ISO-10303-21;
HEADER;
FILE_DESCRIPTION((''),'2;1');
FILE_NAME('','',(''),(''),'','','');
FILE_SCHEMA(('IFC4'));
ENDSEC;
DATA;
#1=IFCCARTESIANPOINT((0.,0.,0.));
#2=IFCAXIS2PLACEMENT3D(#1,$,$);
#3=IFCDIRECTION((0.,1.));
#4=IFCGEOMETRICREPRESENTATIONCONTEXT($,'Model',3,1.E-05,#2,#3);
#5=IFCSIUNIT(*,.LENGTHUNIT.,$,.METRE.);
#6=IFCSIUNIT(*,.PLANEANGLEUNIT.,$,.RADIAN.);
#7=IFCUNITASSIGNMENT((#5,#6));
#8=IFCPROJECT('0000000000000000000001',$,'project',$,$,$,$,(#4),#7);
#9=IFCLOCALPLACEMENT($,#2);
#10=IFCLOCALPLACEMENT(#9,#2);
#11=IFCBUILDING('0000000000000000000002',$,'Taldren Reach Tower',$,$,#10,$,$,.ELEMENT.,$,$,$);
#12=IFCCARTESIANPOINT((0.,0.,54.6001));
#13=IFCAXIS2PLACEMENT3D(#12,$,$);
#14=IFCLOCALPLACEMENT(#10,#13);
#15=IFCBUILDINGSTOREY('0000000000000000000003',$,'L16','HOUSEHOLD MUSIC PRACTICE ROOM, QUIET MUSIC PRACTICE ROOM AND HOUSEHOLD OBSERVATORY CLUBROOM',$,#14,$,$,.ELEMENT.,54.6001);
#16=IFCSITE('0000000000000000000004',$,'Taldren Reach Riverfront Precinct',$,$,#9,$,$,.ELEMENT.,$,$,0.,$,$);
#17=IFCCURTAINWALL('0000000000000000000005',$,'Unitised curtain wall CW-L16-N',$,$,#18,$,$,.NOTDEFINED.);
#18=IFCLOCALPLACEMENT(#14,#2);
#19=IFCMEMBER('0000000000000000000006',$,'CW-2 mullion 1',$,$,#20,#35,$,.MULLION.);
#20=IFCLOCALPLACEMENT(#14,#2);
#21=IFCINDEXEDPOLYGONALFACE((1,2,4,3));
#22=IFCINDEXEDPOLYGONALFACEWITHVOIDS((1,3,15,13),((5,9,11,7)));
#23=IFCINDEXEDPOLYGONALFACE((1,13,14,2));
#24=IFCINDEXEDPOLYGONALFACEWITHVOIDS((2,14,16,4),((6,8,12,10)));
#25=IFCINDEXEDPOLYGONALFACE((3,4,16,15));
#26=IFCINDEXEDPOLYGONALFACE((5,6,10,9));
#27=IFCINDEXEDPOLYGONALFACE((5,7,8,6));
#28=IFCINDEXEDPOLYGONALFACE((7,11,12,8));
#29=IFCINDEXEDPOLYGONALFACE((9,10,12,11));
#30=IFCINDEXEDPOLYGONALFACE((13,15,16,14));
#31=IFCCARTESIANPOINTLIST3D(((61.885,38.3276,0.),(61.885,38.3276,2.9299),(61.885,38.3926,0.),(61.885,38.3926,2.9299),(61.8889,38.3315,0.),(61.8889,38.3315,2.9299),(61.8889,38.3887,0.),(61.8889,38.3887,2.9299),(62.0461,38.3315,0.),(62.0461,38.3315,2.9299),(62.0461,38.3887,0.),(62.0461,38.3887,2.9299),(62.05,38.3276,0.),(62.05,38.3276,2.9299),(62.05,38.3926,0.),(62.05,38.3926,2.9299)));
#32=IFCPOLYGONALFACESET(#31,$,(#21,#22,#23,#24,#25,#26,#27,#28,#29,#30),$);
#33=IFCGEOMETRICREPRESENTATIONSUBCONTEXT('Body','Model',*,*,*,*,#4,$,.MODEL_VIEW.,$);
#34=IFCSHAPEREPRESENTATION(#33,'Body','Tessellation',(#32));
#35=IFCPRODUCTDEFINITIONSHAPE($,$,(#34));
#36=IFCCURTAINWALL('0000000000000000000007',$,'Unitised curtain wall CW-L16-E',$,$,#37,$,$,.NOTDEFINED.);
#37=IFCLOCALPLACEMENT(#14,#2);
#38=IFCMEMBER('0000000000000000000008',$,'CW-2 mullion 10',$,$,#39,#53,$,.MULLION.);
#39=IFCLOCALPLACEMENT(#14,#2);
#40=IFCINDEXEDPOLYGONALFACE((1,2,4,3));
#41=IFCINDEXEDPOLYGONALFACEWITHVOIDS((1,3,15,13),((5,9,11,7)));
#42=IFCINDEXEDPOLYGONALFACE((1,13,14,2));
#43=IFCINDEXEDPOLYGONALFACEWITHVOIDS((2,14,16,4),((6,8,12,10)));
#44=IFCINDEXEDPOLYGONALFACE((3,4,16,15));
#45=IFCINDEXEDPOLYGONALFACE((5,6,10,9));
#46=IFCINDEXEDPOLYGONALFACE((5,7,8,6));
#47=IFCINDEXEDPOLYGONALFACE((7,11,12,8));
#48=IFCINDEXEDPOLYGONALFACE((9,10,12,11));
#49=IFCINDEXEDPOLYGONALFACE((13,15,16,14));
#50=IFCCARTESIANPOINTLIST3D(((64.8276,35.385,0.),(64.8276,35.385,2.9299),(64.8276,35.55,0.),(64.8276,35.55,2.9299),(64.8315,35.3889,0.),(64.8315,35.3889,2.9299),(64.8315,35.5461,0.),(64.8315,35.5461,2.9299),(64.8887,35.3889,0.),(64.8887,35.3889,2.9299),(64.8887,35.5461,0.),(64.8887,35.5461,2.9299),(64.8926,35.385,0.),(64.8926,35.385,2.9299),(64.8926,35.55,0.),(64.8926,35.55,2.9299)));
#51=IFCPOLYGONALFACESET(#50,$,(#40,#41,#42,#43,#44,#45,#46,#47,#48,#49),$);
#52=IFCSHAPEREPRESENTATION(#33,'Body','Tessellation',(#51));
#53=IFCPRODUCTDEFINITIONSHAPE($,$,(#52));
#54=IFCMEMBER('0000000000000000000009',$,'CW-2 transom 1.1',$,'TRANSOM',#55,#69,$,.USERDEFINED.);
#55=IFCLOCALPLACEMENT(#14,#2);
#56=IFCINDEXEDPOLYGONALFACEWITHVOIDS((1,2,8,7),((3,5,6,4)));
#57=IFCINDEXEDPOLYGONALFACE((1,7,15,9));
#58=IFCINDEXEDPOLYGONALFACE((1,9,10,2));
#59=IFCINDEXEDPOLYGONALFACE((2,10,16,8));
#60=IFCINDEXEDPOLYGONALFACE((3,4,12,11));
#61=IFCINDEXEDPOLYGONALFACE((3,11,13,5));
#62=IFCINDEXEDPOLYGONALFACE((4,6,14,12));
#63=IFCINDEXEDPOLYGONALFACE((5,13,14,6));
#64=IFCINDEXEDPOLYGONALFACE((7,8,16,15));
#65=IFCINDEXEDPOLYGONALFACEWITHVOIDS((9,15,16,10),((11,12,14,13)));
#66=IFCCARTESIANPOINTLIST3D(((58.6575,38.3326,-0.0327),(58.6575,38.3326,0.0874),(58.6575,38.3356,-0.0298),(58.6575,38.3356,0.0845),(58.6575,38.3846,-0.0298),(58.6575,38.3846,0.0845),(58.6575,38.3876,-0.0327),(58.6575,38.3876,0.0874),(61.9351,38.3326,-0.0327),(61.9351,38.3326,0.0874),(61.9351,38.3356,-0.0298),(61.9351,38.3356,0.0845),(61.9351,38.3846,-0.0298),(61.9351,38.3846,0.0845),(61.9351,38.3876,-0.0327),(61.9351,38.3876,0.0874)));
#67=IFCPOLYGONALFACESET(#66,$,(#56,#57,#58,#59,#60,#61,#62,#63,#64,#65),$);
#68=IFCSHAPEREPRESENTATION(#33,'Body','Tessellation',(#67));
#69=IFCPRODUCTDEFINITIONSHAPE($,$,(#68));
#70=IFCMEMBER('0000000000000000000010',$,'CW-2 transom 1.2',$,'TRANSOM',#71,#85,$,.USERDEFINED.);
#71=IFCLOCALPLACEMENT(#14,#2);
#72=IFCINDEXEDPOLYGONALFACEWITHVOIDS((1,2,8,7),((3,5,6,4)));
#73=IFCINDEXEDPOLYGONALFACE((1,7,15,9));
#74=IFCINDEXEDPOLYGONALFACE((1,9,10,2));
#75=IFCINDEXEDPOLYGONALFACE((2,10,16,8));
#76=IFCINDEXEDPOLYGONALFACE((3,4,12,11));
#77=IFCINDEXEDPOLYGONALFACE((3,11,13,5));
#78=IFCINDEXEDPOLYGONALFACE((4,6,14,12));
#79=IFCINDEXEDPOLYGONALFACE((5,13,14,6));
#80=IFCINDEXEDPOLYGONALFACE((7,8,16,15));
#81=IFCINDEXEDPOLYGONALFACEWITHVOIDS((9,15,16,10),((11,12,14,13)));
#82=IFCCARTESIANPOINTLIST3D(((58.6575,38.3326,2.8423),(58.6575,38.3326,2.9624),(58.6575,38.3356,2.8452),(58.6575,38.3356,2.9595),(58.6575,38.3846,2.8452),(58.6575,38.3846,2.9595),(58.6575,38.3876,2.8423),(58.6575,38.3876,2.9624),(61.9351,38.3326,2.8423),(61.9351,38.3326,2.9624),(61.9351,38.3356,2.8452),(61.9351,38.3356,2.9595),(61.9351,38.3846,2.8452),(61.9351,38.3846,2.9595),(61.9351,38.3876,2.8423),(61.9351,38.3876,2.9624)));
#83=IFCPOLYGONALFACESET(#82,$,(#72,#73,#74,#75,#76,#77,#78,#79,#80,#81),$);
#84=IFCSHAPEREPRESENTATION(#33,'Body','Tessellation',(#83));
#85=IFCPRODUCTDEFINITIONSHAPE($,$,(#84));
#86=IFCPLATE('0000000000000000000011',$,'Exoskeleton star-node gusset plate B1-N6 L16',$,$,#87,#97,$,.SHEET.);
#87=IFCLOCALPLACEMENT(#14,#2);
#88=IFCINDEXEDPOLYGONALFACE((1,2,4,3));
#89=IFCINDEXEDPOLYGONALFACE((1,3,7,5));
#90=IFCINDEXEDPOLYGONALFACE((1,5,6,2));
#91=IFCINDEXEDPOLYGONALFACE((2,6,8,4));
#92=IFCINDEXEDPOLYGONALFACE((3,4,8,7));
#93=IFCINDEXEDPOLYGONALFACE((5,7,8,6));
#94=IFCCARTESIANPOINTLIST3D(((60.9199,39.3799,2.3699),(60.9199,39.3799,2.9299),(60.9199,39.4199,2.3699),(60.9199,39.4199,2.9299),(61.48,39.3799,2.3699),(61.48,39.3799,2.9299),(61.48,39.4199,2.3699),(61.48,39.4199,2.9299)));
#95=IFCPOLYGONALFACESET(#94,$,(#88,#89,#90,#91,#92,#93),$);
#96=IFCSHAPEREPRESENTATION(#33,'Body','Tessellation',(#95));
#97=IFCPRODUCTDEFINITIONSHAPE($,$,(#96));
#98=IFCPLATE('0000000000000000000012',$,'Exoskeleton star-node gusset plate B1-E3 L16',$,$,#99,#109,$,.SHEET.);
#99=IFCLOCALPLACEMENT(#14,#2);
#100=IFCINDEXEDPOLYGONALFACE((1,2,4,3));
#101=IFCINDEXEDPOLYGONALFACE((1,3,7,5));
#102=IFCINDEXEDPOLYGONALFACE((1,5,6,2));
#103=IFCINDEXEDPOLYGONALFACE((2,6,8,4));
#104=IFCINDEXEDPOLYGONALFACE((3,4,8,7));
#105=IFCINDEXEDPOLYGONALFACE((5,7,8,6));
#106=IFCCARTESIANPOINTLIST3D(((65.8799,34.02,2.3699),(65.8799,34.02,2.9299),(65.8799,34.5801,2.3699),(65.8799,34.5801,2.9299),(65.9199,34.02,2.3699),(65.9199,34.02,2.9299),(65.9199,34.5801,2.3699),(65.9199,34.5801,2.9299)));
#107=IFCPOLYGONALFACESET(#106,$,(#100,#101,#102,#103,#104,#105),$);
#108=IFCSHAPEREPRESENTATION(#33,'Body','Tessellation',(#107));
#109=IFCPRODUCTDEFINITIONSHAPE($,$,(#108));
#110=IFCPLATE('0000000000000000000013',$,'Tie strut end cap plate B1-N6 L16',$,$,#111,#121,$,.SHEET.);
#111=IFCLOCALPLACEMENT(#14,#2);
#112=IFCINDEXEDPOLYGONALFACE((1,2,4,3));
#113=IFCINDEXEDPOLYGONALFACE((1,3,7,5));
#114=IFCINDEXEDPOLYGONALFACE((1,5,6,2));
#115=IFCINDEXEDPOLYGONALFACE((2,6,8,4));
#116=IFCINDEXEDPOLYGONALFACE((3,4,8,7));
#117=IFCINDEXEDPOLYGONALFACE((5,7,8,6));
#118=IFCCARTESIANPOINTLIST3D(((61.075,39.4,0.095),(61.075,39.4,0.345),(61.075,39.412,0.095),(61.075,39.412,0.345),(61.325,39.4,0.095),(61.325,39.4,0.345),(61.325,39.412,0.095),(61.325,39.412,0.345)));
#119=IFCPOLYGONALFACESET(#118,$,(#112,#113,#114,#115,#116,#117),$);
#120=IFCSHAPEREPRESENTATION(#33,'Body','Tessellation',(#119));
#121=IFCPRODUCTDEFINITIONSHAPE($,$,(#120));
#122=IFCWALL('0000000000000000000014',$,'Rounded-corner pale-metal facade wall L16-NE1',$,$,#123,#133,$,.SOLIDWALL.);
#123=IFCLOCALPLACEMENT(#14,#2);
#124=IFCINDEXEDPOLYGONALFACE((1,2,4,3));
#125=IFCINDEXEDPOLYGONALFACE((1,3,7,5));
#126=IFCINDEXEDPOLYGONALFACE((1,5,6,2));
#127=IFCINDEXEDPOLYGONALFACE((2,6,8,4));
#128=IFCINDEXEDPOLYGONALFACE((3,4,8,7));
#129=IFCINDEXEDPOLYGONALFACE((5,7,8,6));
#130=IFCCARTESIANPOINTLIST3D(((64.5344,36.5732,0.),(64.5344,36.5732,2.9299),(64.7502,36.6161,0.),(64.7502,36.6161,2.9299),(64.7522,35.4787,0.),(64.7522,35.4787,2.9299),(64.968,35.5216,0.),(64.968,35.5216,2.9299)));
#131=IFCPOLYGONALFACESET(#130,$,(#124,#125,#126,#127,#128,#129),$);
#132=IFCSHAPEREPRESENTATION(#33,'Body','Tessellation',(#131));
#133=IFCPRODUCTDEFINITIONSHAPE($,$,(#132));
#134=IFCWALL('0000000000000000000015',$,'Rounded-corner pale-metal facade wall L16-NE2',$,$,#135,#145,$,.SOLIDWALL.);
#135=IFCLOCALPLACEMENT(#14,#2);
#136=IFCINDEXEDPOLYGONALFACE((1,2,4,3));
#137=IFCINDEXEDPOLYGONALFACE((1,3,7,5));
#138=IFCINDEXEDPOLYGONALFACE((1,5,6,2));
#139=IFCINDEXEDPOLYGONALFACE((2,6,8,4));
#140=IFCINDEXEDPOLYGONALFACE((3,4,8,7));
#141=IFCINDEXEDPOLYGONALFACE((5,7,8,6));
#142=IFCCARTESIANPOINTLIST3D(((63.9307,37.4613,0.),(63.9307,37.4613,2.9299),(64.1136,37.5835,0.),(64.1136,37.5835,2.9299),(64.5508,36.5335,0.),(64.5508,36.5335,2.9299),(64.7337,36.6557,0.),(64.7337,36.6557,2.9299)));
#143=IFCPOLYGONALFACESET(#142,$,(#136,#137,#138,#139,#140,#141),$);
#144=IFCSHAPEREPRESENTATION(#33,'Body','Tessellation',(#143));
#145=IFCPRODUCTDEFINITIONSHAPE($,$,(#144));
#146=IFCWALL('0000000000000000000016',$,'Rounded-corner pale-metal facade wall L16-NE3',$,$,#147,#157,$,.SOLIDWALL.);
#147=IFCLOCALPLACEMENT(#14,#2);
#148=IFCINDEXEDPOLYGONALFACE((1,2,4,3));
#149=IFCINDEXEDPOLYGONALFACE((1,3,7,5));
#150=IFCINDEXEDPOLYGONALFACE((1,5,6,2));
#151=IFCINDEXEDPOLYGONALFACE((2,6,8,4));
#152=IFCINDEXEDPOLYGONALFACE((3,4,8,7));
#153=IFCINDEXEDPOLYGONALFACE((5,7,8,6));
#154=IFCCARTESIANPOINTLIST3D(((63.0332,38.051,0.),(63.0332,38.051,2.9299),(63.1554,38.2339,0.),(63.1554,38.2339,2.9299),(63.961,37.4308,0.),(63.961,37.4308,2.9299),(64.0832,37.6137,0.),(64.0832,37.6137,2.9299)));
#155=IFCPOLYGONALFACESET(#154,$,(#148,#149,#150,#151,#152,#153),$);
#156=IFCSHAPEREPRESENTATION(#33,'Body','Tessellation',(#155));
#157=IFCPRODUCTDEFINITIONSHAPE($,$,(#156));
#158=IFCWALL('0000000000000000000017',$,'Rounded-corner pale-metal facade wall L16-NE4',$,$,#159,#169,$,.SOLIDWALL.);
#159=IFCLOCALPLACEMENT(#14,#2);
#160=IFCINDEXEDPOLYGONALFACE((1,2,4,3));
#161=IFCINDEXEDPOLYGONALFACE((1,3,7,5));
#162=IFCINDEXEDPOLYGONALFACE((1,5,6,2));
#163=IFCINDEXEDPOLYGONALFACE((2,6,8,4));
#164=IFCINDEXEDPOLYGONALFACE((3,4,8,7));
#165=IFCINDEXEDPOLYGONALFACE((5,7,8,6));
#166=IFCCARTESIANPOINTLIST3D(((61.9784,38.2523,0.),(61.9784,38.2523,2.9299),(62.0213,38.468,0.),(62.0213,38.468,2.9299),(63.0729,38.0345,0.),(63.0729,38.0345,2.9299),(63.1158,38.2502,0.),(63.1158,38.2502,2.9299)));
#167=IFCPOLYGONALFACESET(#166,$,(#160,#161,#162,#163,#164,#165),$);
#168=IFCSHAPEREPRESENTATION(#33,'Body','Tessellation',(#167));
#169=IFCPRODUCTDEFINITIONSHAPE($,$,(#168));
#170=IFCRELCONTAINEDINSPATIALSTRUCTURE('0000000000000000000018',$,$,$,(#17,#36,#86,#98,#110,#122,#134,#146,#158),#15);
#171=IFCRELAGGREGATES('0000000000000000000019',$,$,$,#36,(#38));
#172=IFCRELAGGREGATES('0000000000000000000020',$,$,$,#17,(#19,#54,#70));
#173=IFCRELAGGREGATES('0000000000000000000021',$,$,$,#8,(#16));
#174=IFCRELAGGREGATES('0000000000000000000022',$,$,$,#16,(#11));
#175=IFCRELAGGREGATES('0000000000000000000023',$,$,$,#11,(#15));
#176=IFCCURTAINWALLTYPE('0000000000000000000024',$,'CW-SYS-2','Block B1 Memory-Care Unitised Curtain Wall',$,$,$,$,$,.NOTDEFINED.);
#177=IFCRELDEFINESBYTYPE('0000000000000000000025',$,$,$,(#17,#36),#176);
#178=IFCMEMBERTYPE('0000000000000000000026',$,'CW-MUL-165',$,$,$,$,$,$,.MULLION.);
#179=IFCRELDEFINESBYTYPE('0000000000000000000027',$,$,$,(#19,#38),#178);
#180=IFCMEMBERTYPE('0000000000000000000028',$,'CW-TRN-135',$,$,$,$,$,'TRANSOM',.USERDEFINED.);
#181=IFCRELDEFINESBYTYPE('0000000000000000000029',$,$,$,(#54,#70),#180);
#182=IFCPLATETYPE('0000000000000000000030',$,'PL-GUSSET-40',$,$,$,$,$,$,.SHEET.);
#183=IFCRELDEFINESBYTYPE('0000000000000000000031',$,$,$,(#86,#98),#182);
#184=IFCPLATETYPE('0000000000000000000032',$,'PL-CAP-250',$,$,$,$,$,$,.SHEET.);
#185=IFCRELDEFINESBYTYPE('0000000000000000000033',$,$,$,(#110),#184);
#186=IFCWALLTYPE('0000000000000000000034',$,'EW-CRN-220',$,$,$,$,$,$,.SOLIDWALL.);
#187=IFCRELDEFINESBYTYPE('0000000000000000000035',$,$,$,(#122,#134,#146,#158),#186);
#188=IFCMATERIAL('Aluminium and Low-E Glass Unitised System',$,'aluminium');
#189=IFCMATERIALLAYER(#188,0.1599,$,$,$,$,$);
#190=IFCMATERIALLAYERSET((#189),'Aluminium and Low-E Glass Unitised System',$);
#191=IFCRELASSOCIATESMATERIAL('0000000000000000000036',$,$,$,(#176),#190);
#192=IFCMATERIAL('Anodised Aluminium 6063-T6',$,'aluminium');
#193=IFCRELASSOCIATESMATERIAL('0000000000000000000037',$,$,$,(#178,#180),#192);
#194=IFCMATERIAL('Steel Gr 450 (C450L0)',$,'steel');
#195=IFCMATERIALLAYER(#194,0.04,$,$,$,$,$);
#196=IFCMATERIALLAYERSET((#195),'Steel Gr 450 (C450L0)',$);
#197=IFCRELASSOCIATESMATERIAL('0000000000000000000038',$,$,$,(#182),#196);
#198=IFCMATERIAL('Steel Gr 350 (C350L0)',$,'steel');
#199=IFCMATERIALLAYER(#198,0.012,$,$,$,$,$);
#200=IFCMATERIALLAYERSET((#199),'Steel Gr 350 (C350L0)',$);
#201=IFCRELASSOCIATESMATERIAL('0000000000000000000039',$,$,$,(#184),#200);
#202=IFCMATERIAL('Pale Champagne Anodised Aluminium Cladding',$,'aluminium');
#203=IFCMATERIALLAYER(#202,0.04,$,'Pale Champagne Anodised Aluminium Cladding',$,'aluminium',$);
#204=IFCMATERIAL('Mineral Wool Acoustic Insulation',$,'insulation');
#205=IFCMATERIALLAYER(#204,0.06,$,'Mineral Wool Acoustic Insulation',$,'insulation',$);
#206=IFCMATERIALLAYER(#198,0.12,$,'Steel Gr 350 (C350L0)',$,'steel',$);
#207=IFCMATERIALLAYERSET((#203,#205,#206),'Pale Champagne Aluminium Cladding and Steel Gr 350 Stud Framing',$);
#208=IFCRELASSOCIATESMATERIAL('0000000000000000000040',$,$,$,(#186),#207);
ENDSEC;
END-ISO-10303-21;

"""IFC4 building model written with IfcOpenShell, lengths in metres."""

from ifc_helpers import new_model, si_unit, direction, frame, frame_2d, origin, origin_2d, place, context, subcontext, project, spatial, rectangle, hollow_rectangle, extrude, source, transform, mapped, material, layer, layer_set, material_profile, profile_set, type_object, element, aggregate, save


model = new_model("IFC4")

# Units and contexts
model_context = context("Model", 3, precision=1e-05, world=origin(), true_north=direction((0.0, 1.0)))
body_context = subcontext(model_context, "Body", "Model", "MODEL_VIEW")
ifc_project = project(units=[si_unit("LENGTHUNIT", "METRE"), si_unit("PLANEANGLEUNIT", "RADIAN")], contexts=[model_context])

# Site, building, storey
site_placement = place(None, origin())
site = spatial("IfcSite", under=ifc_project, at=site_placement, Name="Taldren Reach Riverfront Precinct", CompositionType="ELEMENT", RefElevation=0.0)
building_placement = place(site_placement, origin())
building = spatial("IfcBuilding", under=site, at=building_placement, Name="Taldren Reach Tower", CompositionType="ELEMENT")
storey_placement = place(building_placement, frame((0.0, 0.0, 54.6001)))
storey = spatial("IfcBuildingStorey", under=building, at=storey_placement, Name="L16", Description="HOUSEHOLD MUSIC PRACTICE ROOM, QUIET MUSIC PRACTICE ROOM AND HOUSEHOLD OBSERVATORY CLUBROOM", CompositionType="ELEMENT", Elevation=54.6001)

# Shared definitions
ifc_material_1 = material(Name="Steel Gr 450 (C450L0)", Category="steel")
ifc_material_2 = material(Name="Steel Gr 350 (C350L0)", Category="steel")

# Curtain walls, members
ifc_material_3 = material(Name="Aluminium and Low-E Glass Unitised System", Category="aluminium")
ifc_layer_1 = layer(ifc_material_3, 0.1599)
ifc_layer_set_1 = layer_set([ifc_layer_1], Name="Aluminium and Low-E Glass Unitised System")
curtain_wall_type = type_object("IfcCurtainWallType", Name="CW-SYS-2", Description="Block B1 Memory-Care Unitised Curtain Wall", PredefinedType="NOTDEFINED", material=ifc_layer_set_1)
curtain_wall_1_placement = place(storey_placement, origin())
curtain_wall_1 = element("IfcCurtainWall", 1, at=curtain_wall_1_placement, inside=storey, type_object=curtain_wall_type, Name="Unitised curtain wall CW-L16-N", PredefinedType="NOTDEFINED")
ifc_material_4 = material(Name="Anodised Aluminium 6063-T6", Category="aluminium")
ifc_material_profile_1 = material_profile(ifc_material_4, hollow_rectangle(XDim=0.0649, YDim=0.165, WallThickness=0.0039, at=origin_2d()), Name="ALU-165x65x4RHS")
ifc_profile_set_1 = profile_set([ifc_material_profile_1], Name="Anodised Aluminium 6063-T6")
member_type_1 = type_object("IfcMemberType", Name="CW-MUL-165", PredefinedType="MULLION", material=ifc_profile_set_1)
shared_shape_1 = source(origin(), body_context, "Body", "SweptSolid", [
    extrude(hollow_rectangle(XDim=0.0649, YDim=0.165, WallThickness=0.0039, at=origin_2d()), origin(), (0.0, 0.0, 1.0), 2.9299),
])
member_1_placement = place(storey_placement, frame((61.9675, 38.3601, 0.0), z_axis=(0.0, 0.0, 1.0), x_axis=(0.0, -1.0, 0.0)))
member_1 = element("IfcMember", 2, at=member_1_placement, type_object=member_type_1, Name="CW-2 mullion 1", PredefinedType="MULLION", context=body_context, shape_type="MappedRepresentation", body=[
    mapped(shared_shape_1, transform((0.0, 0.0, 0.0), scale=1.0)),
])
curtain_wall_2_placement = place(storey_placement, origin())
curtain_wall_2 = element("IfcCurtainWall", 3, at=curtain_wall_2_placement, inside=storey, type_object=curtain_wall_type, Name="Unitised curtain wall CW-L16-E", PredefinedType="NOTDEFINED")
member_2_placement = place(storey_placement, frame((64.8601, 35.4675, 0.0), z_axis=(0.0, 0.0, 1.0), x_axis=(-1.0, 0.0, 0.0)))
member_2 = element("IfcMember", 4, at=member_2_placement, type_object=member_type_1, Name="CW-2 mullion 10", PredefinedType="MULLION", context=body_context, shape_type="MappedRepresentation", body=[
    mapped(shared_shape_1, transform((0.0, 0.0, 0.0), scale=1.0)),
])
aggregate(curtain_wall_2, [member_2])

# Members
ifc_material_profile_2 = material_profile(ifc_material_4, hollow_rectangle(XDim=0.0549, YDim=0.1201, WallThickness=0.0029, at=origin_2d()), Name="ALU-120x55x3RHS")
ifc_profile_set_2 = profile_set([ifc_material_profile_2], Name="Anodised Aluminium 6063-T6")
member_type_2 = type_object("IfcMemberType", Name="CW-TRN-135", ElementType="TRANSOM", PredefinedType="USERDEFINED", material=ifc_profile_set_2)
shared_shape_2 = source(origin(), body_context, "Body", "SweptSolid", [
    extrude(hollow_rectangle(XDim=0.0549, YDim=0.1201, WallThickness=0.0029, at=origin_2d()), origin(), (0.0, 0.0, 1.0), 3.2776),
])
member_3_placement = place(storey_placement, frame((61.9351, 38.3601, 0.0273), z_axis=(-1.0, 0.0, 0.0), x_axis=(0.0, -1.0, 0.0)))
member_3 = element("IfcMember", 5, at=member_3_placement, type_object=member_type_2, Name="CW-2 transom 1.1", ObjectType="TRANSOM", PredefinedType="USERDEFINED", context=body_context, shape_type="MappedRepresentation", body=[
    mapped(shared_shape_2, transform((0.0, 0.0, 0.0), scale=1.0)),
])
member_4_placement = place(storey_placement, frame((61.9351, 38.3601, 2.9023), z_axis=(-1.0, 0.0, 0.0), x_axis=(0.0, -1.0, 0.0)))
member_4 = element("IfcMember", 6, at=member_4_placement, type_object=member_type_2, Name="CW-2 transom 1.2", ObjectType="TRANSOM", PredefinedType="USERDEFINED", context=body_context, shape_type="MappedRepresentation", body=[
    mapped(shared_shape_2, transform((0.0, 0.0, 0.0), scale=1.0)),
])
aggregate(curtain_wall_1, [member_1, member_3, member_4])

# Plates
ifc_layer_2 = layer(ifc_material_1, 0.04)
ifc_layer_set_2 = layer_set([ifc_layer_2], Name="Steel Gr 450 (C450L0)")
plate_type_1 = type_object("IfcPlateType", Name="PL-GUSSET-40", PredefinedType="SHEET", material=ifc_layer_set_2)
shared_shape_3 = source(origin(), body_context, "Body", "SweptSolid", [
    extrude(rectangle(XDim=0.5601, YDim=0.04, at=origin_2d()), origin(), (0.0, 0.0, 1.0), 0.5601),
])
for number, where, z_axis, x_axis, name in (
    (7, (61.2, 39.3999, 2.3699), (0.0, 0.0, 1.0), (1.0, 0.0, 0.0), "Exoskeleton star-node gusset plate B1-N6 L16"),
    (8, (65.8999, 34.3, 2.3699), (0.0, 0.0, 1.0), (0.0, 1.0, 0.0), "Exoskeleton star-node gusset plate B1-E3 L16"),
):
    element("IfcPlate", number, at=place(storey_placement, frame(where, z_axis=z_axis, x_axis=x_axis)), inside=storey, type_object=plate_type_1, Name=name, PredefinedType="SHEET", context=body_context, shape_type="MappedRepresentation", body=[
        mapped(shared_shape_3, transform((0.0, 0.0, 0.0), scale=1.0)),
    ])
ifc_layer_3 = layer(ifc_material_2, 0.012)
ifc_layer_set_3 = layer_set([ifc_layer_3], Name="Steel Gr 350 (C350L0)")
plate_type_2 = type_object("IfcPlateType", Name="PL-CAP-250", PredefinedType="SHEET", material=ifc_layer_set_3)
shared_shape_4 = source(origin(), body_context, "Body", "SweptSolid", [
    extrude(rectangle(XDim=0.25, YDim=0.012, at=origin_2d()), origin(), (0.0, 0.0, 1.0), 0.25),
])
plate_placement = place(storey_placement, frame((61.2, 39.406, 0.095), z_axis=(0.0, 0.0, 1.0), x_axis=(1.0, 0.0, 0.0)))
element("IfcPlate", 9, at=plate_placement, inside=storey, type_object=plate_type_2, Name="Tie strut end cap plate B1-N6 L16", PredefinedType="SHEET", context=body_context, shape_type="MappedRepresentation", body=[
    mapped(shared_shape_4, transform((0.0, 0.0, 0.0), scale=1.0)),
])

# Walls
ifc_material_5 = material(Name="Pale Champagne Anodised Aluminium Cladding", Category="aluminium")
ifc_layer_4 = layer(ifc_material_5, 0.04, Name="Pale Champagne Anodised Aluminium Cladding", Category="aluminium")
ifc_material_6 = material(Name="Mineral Wool Acoustic Insulation", Category="insulation")
ifc_layer_5 = layer(ifc_material_6, 0.06, Name="Mineral Wool Acoustic Insulation", Category="insulation")
ifc_layer_6 = layer(ifc_material_2, 0.12, Name="Steel Gr 350 (C350L0)", Category="steel")
ifc_layer_set_4 = layer_set([ifc_layer_4, ifc_layer_5, ifc_layer_6], Name="Pale Champagne Aluminium Cladding and Steel Gr 350 Stud Framing")
wall_type = type_object("IfcWallType", Name="EW-CRN-220", PredefinedType="SOLIDWALL", material=ifc_layer_set_4)
shared_shape_5 = source(origin(), body_context, "Body", "SweptSolid", [
    extrude(rectangle(XDim=1.116, YDim=0.22, at=frame_2d((0.5581, 0.0))), origin(), (0.0, 0.0, 1.0), 2.9299),
])
for number, where, z_axis, x_axis, name in (
    (10, (64.8601, 35.5, 0.0), (0.0, 0.0, 1.0), (-0.195148, 0.980774, 0.0), "Rounded-corner pale-metal facade wall L16-NE1"),
    (11, (64.6423, 36.5945, 0.0), (0.0, 0.0, 1.0), (-0.55571, 0.831377, 0.0), "Rounded-corner pale-metal facade wall L16-NE2"),
    (12, (64.0222, 37.5222, 0.0), (0.0, 0.0, 1.0), (-0.831377, 0.55571, 0.0), "Rounded-corner pale-metal facade wall L16-NE3"),
    (13, (63.0945, 38.1423, 0.0), (0.0, 0.0, 1.0), (-0.980774, 0.195148, 0.0), "Rounded-corner pale-metal facade wall L16-NE4"),
):
    element("IfcWall", number, at=place(storey_placement, frame(where, z_axis=z_axis, x_axis=x_axis)), inside=storey, type_object=wall_type, Name=name, PredefinedType="SOLIDWALL", context=body_context, shape_type="MappedRepresentation", body=[
        mapped(shared_shape_5, transform((0.0, 0.0, 0.0), scale=1.0)),
    ])

save(model, "model.ifc")
